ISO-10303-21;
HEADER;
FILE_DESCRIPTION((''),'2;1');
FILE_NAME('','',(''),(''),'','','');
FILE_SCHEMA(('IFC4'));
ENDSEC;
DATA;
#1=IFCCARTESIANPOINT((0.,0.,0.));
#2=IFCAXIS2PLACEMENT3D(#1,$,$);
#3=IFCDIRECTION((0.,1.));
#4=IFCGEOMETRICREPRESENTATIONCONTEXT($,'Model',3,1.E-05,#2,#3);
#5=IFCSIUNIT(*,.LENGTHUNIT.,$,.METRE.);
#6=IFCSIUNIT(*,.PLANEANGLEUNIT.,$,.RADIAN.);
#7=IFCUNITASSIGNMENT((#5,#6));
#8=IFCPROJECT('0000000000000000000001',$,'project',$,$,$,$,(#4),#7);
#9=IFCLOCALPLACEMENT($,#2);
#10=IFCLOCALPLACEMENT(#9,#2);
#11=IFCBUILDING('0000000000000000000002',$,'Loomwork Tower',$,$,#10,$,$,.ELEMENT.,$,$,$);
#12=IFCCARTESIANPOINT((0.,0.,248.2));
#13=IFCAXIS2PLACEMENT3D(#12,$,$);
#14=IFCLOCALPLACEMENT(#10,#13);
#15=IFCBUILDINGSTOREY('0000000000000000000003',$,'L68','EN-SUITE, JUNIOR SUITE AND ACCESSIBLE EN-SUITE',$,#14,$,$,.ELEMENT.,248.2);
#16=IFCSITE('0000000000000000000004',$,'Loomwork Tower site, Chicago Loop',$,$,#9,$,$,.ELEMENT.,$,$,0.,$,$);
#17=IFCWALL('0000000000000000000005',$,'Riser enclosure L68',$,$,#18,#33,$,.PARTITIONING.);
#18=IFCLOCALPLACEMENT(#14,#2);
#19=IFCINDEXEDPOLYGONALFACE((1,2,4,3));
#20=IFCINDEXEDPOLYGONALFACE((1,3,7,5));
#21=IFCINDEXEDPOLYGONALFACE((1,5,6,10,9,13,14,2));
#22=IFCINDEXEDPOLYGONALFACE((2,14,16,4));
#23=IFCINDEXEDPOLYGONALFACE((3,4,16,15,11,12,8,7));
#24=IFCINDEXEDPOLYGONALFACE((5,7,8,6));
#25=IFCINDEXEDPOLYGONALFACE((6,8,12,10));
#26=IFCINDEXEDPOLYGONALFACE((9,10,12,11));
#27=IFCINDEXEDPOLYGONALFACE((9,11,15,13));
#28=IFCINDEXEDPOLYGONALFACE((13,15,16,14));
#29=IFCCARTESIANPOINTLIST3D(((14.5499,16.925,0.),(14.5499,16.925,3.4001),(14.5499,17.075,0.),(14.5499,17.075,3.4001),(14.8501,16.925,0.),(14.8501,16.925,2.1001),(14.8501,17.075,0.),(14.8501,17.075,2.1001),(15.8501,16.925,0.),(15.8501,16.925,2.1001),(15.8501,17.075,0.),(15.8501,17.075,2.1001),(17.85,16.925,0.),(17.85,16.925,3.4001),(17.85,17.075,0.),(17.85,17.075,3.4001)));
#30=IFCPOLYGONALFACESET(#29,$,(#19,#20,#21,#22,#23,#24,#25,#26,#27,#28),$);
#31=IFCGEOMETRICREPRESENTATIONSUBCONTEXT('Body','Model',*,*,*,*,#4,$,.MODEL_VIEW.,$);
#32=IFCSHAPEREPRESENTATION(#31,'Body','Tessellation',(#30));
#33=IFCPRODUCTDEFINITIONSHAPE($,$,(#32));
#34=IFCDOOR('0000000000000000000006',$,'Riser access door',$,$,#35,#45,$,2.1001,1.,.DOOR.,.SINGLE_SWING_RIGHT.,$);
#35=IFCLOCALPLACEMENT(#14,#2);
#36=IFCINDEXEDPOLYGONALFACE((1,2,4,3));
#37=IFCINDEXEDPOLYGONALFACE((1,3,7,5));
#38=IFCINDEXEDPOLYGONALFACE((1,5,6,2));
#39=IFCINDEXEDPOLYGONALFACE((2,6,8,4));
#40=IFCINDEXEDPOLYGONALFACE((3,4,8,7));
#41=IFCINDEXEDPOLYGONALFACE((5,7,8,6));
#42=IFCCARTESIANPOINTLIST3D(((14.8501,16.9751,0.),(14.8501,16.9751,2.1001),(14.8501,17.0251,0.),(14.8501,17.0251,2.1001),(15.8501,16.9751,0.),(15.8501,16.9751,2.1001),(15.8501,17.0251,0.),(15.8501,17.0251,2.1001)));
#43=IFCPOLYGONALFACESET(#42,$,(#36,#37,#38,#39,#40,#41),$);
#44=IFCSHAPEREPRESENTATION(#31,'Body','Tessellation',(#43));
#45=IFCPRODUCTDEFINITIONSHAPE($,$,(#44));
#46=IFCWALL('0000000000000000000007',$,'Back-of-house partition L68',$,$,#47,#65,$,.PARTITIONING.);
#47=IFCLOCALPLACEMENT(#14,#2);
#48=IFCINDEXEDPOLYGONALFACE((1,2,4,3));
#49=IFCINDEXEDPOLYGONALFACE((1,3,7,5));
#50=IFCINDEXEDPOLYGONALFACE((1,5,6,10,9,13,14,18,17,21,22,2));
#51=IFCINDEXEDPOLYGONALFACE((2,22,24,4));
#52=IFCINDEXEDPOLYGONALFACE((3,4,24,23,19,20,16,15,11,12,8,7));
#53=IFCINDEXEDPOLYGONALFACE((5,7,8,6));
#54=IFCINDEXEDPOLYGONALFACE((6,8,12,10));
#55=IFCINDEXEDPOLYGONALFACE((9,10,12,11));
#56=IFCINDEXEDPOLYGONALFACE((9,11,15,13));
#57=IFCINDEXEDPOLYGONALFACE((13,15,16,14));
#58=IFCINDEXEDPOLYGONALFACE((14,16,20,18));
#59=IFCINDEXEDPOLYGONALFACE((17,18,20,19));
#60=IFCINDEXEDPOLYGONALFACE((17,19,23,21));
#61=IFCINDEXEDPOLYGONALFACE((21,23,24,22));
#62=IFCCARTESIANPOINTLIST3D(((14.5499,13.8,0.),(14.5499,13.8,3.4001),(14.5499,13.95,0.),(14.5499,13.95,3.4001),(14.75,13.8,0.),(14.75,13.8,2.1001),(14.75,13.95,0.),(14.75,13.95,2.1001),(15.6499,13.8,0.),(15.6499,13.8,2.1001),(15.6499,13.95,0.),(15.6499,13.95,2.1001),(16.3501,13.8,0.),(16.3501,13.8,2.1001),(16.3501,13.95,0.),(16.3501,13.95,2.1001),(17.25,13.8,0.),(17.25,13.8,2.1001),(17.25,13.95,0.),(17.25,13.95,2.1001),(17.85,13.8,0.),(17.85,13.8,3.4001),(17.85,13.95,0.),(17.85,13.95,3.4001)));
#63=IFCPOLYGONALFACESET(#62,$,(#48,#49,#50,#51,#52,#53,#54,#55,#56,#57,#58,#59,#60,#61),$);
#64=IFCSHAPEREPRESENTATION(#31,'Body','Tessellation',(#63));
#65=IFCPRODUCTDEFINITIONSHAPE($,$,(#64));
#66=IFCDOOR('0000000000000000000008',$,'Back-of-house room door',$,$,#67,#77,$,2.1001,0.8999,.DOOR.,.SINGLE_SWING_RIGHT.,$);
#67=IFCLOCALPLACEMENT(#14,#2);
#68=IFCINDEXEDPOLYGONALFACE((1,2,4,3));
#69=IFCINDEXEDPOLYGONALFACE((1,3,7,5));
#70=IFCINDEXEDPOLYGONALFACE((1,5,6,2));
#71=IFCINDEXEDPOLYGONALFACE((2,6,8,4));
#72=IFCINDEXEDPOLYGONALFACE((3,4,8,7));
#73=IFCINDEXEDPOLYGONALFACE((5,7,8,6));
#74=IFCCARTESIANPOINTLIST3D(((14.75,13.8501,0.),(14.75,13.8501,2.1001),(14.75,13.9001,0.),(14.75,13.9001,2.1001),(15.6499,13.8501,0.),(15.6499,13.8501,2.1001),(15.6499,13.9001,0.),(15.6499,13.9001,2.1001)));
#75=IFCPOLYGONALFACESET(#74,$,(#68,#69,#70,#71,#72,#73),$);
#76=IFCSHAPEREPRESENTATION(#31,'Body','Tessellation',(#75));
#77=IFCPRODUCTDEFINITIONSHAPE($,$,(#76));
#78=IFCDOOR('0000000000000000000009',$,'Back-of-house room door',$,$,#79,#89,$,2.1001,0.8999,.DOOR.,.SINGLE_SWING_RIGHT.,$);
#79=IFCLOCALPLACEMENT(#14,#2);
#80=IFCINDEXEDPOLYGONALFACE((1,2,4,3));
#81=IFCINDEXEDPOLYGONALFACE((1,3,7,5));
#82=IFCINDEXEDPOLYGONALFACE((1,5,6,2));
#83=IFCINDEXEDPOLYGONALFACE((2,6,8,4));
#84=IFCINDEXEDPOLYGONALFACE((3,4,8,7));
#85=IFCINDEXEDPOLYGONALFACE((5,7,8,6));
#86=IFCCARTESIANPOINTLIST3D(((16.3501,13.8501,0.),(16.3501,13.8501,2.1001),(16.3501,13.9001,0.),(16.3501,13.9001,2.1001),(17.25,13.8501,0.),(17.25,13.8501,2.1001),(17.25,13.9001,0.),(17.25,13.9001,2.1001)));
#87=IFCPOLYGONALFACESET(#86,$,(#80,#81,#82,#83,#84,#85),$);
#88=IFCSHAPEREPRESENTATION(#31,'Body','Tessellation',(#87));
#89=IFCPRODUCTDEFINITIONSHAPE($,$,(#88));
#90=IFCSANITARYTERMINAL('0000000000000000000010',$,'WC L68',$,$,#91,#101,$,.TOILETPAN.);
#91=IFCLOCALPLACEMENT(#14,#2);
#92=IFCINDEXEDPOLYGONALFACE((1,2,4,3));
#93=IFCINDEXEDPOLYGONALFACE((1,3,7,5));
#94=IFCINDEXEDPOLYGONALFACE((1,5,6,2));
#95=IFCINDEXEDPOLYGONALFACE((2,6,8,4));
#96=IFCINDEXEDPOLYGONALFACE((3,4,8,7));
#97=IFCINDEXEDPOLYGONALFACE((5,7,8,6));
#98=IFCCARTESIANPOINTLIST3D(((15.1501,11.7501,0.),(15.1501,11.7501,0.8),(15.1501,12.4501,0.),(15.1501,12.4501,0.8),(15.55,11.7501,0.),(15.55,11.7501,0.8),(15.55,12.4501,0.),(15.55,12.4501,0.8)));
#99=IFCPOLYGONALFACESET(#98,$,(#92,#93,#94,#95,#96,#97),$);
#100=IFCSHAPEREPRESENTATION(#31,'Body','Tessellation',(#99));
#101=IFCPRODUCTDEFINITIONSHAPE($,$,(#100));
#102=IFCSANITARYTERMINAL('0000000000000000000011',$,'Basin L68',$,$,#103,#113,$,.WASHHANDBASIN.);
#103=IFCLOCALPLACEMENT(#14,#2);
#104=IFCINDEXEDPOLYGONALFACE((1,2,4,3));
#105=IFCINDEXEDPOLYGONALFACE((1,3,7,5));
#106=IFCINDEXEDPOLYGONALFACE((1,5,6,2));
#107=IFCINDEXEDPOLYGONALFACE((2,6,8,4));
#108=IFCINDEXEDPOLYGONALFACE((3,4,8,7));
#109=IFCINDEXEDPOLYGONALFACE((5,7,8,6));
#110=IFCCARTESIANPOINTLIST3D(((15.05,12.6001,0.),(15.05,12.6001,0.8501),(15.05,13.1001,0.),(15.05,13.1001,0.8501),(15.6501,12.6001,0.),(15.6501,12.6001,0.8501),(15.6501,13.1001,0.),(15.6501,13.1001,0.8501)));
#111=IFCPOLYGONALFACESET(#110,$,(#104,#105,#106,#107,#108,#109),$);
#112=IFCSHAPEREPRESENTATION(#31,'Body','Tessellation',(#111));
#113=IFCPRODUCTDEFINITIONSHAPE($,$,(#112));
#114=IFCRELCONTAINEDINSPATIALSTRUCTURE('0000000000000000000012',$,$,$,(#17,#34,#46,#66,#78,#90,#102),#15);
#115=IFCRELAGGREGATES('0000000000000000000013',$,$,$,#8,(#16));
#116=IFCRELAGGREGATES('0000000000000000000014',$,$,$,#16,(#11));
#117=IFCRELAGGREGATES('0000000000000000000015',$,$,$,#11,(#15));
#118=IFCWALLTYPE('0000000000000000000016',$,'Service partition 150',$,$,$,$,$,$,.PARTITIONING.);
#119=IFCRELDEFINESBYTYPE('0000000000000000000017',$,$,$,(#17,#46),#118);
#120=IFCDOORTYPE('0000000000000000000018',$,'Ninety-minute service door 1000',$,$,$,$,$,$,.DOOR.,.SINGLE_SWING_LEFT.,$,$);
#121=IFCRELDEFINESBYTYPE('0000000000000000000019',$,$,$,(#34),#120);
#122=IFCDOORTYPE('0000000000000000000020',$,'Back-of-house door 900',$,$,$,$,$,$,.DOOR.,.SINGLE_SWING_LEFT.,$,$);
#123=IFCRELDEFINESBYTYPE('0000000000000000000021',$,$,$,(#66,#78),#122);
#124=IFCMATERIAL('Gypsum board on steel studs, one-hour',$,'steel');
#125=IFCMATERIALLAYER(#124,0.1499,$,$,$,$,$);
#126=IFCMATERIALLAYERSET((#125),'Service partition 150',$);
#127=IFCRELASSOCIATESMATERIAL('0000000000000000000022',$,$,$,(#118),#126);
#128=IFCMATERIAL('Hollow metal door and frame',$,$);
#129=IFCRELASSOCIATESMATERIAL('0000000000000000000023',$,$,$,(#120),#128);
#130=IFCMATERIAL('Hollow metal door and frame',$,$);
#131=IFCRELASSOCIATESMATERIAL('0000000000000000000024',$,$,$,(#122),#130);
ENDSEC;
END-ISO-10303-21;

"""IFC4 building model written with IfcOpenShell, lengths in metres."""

from ifc_helpers import new_model, si_unit, direction, frame, frame_2d, origin, origin_2d, place, context, subcontext, project, spatial, rectangle, extrude, material, layer, layer_set, type_object, element, fill, save


model = new_model("IFC4")

# Units and contexts
model_context = context("Model", 3, precision=1e-05, world=origin(), true_north=direction((0.0, 1.0)))
body_context = subcontext(model_context, "Body", "Model", "MODEL_VIEW")
ifc_project = project(units=[si_unit("LENGTHUNIT", "METRE"), si_unit("PLANEANGLEUNIT", "RADIAN")], contexts=[model_context])

# Site, building, storey
site_placement = place(None, origin())
site = spatial("IfcSite", under=ifc_project, at=site_placement, Name="Loomwork Tower site, Chicago Loop", CompositionType="ELEMENT", RefElevation=0.0)
building_placement = place(site_placement, origin())
building = spatial("IfcBuilding", under=site, at=building_placement, Name="Loomwork Tower", CompositionType="ELEMENT")
storey_placement = place(building_placement, frame((0.0, 0.0, 248.2)))
storey = spatial("IfcBuildingStorey", under=building, at=storey_placement, Name="L68", Description="EN-SUITE, JUNIOR SUITE AND ACCESSIBLE EN-SUITE", CompositionType="ELEMENT", Elevation=248.2)

# Wall, opening, door
ifc_material_1 = material(Name="Gypsum board on steel studs, one-hour", Category="steel")
ifc_layer_1 = layer(ifc_material_1, 0.1499)
ifc_layer_set_1 = layer_set([ifc_layer_1], Name="Service partition 150")
wall_type_1 = type_object("IfcWallType", Name="Service partition 150", PredefinedType="PARTITIONING", material=ifc_layer_set_1)
wall_1_placement = place(storey_placement, frame((14.55, 17.0, 0.0), z_axis=(0.0, 0.0, 1.0), x_axis=(1.0, 0.0, 0.0)))
wall_1 = element("IfcWall", 1, at=wall_1_placement, inside=storey, type_object=wall_type_1, Name="Riser enclosure L68", PredefinedType="PARTITIONING", context=body_context, shape_type="SweptSolid", body=[
    extrude(rectangle(XDim=3.3, YDim=0.1499, at=frame_2d((1.6499, 0.0))), origin(), (0.0, 0.0, 1.0), 3.4001),
])
opening_1_placement = place(wall_1_placement, frame((0.3, 0.0, 0.0)))
opening_1 = element("IfcOpeningElement", 2, at=opening_1_placement, cuts=wall_1, PredefinedType="OPENING", context=body_context, shape_type="SweptSolid", body=[
    extrude(rectangle(XDim=1.0, YDim=2.1001, at=frame_2d((0.5, 1.05))), frame((0.0, 0.085, 0.0), z_axis=(0.0, -1.0, 0.0), x_axis=(1.0, 0.0, 0.0)), (0.0, 0.0, 1.0), 0.1699),
])
ifc_material_2 = material(Name="Hollow metal door and frame")
door_type_1 = type_object("IfcDoorType", Name="Ninety-minute service door 1000", OperationType="SINGLE_SWING_LEFT", PredefinedType="DOOR", material=ifc_material_2)
door_1_placement = place(opening_1_placement, frame((1.0, 0.0, 0.0), z_axis=(0.0, 0.0, 1.0), x_axis=(-1.0, 0.0, 0.0)))
door_1 = element("IfcDoor", 3, at=door_1_placement, inside=storey, type_object=door_type_1, Name="Riser access door", OperationType="SINGLE_SWING_RIGHT", OverallHeight=2.1001, OverallWidth=1.0, PredefinedType="DOOR", context=body_context, shape_type="SweptSolid", body=[
    extrude(rectangle(XDim=1.0, YDim=2.1001, at=frame_2d((0.5, 1.05))), frame((0.0, 0.0249, 0.0), z_axis=(0.0, -1.0, 0.0), x_axis=(1.0, 0.0, 0.0)), (0.0, 0.0, 1.0), 0.05),
])
fill(opening_1, door_1)

# Wall, openings, doors
wall_2_placement = place(storey_placement, frame((14.55, 13.875, 0.0), z_axis=(0.0, 0.0, 1.0), x_axis=(1.0, 0.0, 0.0)))
wall_2 = element("IfcWall", 4, at=wall_2_placement, inside=storey, type_object=wall_type_1, Name="Back-of-house partition L68", PredefinedType="PARTITIONING", context=body_context, shape_type="SweptSolid", body=[
    extrude(rectangle(XDim=3.3, YDim=0.1499, at=frame_2d((1.6499, 0.0))), origin(), (0.0, 0.0, 1.0), 3.4001),
])
opening_2_placement = place(wall_2_placement, frame((0.2, 0.0, 0.0)))
opening_2 = element("IfcOpeningElement", 5, at=opening_2_placement, cuts=wall_2, PredefinedType="OPENING", context=body_context, shape_type="SweptSolid", body=[
    extrude(rectangle(XDim=0.8999, YDim=2.1001, at=frame_2d((0.45, 1.05))), frame((0.0, 0.085, 0.0), z_axis=(0.0, -1.0, 0.0), x_axis=(1.0, 0.0, 0.0)), (0.0, 0.0, 1.0), 0.1699),
])
opening_3_placement = place(wall_2_placement, frame((1.8, 0.0, 0.0)))
opening_3 = element("IfcOpeningElement", 6, at=opening_3_placement, cuts=wall_2, PredefinedType="OPENING", context=body_context, shape_type="SweptSolid", body=[
    extrude(rectangle(XDim=0.8999, YDim=2.1001, at=frame_2d((0.45, 1.05))), frame((0.0, 0.085, 0.0), z_axis=(0.0, -1.0, 0.0), x_axis=(1.0, 0.0, 0.0)), (0.0, 0.0, 1.0), 0.1699),
])
ifc_material_3 = material(Name="Hollow metal door and frame")
door_type_2 = type_object("IfcDoorType", Name="Back-of-house door 900", OperationType="SINGLE_SWING_LEFT", PredefinedType="DOOR", material=ifc_material_3)
door_2_placement = place(opening_2_placement, frame((0.8999, 0.0, 0.0), z_axis=(0.0, 0.0, 1.0), x_axis=(-1.0, 0.0, 0.0)))
door_2 = element("IfcDoor", 7, at=door_2_placement, inside=storey, type_object=door_type_2, Name="Back-of-house room door", OperationType="SINGLE_SWING_RIGHT", OverallHeight=2.1001, OverallWidth=0.8999, PredefinedType="DOOR", context=body_context, shape_type="SweptSolid", body=[
    extrude(rectangle(XDim=0.8999, YDim=2.1001, at=frame_2d((0.45, 1.05))), frame((0.0, 0.0249, 0.0), z_axis=(0.0, -1.0, 0.0), x_axis=(1.0, 0.0, 0.0)), (0.0, 0.0, 1.0), 0.05),
])
fill(opening_2, door_2)
door_3_placement = place(opening_3_placement, frame((0.8999, 0.0, 0.0), z_axis=(0.0, 0.0, 1.0), x_axis=(-1.0, 0.0, 0.0)))
door_3 = element("IfcDoor", 8, at=door_3_placement, inside=storey, type_object=door_type_2, Name="Back-of-house room door", OperationType="SINGLE_SWING_RIGHT", OverallHeight=2.1001, OverallWidth=0.8999, PredefinedType="DOOR", context=body_context, shape_type="SweptSolid", body=[
    extrude(rectangle(XDim=0.8999, YDim=2.1001, at=frame_2d((0.45, 1.05))), frame((0.0, 0.0249, 0.0), z_axis=(0.0, -1.0, 0.0), x_axis=(1.0, 0.0, 0.0)), (0.0, 0.0, 1.0), 0.05),
])
fill(opening_3, door_3)

# Sanitary terminals
sanitary_terminal_1_placement = place(storey_placement, frame((15.3501, 12.1001, 0.0), z_axis=(0.0, 0.0, 1.0), x_axis=(1.0, 0.0, 0.0)))
element("IfcSanitaryTerminal", 9, at=sanitary_terminal_1_placement, inside=storey, Name="WC L68", PredefinedType="TOILETPAN", context=body_context, shape_type="SweptSolid", body=[
    extrude(rectangle(XDim=0.3999, YDim=0.7, at=origin_2d()), origin(), (0.0, 0.0, 1.0), 0.8),
])
sanitary_terminal_2_placement = place(storey_placement, frame((15.3501, 12.8501, 0.0), z_axis=(0.0, 0.0, 1.0), x_axis=(1.0, 0.0, 0.0)))
element("IfcSanitaryTerminal", 10, at=sanitary_terminal_2_placement, inside=storey, Name="Basin L68", PredefinedType="WASHHANDBASIN", context=body_context, shape_type="SweptSolid", body=[
    extrude(rectangle(XDim=0.6001, YDim=0.5, at=origin_2d()), origin(), (0.0, 0.0, 1.0), 0.8501),
])

save(model, "model.ifc")
